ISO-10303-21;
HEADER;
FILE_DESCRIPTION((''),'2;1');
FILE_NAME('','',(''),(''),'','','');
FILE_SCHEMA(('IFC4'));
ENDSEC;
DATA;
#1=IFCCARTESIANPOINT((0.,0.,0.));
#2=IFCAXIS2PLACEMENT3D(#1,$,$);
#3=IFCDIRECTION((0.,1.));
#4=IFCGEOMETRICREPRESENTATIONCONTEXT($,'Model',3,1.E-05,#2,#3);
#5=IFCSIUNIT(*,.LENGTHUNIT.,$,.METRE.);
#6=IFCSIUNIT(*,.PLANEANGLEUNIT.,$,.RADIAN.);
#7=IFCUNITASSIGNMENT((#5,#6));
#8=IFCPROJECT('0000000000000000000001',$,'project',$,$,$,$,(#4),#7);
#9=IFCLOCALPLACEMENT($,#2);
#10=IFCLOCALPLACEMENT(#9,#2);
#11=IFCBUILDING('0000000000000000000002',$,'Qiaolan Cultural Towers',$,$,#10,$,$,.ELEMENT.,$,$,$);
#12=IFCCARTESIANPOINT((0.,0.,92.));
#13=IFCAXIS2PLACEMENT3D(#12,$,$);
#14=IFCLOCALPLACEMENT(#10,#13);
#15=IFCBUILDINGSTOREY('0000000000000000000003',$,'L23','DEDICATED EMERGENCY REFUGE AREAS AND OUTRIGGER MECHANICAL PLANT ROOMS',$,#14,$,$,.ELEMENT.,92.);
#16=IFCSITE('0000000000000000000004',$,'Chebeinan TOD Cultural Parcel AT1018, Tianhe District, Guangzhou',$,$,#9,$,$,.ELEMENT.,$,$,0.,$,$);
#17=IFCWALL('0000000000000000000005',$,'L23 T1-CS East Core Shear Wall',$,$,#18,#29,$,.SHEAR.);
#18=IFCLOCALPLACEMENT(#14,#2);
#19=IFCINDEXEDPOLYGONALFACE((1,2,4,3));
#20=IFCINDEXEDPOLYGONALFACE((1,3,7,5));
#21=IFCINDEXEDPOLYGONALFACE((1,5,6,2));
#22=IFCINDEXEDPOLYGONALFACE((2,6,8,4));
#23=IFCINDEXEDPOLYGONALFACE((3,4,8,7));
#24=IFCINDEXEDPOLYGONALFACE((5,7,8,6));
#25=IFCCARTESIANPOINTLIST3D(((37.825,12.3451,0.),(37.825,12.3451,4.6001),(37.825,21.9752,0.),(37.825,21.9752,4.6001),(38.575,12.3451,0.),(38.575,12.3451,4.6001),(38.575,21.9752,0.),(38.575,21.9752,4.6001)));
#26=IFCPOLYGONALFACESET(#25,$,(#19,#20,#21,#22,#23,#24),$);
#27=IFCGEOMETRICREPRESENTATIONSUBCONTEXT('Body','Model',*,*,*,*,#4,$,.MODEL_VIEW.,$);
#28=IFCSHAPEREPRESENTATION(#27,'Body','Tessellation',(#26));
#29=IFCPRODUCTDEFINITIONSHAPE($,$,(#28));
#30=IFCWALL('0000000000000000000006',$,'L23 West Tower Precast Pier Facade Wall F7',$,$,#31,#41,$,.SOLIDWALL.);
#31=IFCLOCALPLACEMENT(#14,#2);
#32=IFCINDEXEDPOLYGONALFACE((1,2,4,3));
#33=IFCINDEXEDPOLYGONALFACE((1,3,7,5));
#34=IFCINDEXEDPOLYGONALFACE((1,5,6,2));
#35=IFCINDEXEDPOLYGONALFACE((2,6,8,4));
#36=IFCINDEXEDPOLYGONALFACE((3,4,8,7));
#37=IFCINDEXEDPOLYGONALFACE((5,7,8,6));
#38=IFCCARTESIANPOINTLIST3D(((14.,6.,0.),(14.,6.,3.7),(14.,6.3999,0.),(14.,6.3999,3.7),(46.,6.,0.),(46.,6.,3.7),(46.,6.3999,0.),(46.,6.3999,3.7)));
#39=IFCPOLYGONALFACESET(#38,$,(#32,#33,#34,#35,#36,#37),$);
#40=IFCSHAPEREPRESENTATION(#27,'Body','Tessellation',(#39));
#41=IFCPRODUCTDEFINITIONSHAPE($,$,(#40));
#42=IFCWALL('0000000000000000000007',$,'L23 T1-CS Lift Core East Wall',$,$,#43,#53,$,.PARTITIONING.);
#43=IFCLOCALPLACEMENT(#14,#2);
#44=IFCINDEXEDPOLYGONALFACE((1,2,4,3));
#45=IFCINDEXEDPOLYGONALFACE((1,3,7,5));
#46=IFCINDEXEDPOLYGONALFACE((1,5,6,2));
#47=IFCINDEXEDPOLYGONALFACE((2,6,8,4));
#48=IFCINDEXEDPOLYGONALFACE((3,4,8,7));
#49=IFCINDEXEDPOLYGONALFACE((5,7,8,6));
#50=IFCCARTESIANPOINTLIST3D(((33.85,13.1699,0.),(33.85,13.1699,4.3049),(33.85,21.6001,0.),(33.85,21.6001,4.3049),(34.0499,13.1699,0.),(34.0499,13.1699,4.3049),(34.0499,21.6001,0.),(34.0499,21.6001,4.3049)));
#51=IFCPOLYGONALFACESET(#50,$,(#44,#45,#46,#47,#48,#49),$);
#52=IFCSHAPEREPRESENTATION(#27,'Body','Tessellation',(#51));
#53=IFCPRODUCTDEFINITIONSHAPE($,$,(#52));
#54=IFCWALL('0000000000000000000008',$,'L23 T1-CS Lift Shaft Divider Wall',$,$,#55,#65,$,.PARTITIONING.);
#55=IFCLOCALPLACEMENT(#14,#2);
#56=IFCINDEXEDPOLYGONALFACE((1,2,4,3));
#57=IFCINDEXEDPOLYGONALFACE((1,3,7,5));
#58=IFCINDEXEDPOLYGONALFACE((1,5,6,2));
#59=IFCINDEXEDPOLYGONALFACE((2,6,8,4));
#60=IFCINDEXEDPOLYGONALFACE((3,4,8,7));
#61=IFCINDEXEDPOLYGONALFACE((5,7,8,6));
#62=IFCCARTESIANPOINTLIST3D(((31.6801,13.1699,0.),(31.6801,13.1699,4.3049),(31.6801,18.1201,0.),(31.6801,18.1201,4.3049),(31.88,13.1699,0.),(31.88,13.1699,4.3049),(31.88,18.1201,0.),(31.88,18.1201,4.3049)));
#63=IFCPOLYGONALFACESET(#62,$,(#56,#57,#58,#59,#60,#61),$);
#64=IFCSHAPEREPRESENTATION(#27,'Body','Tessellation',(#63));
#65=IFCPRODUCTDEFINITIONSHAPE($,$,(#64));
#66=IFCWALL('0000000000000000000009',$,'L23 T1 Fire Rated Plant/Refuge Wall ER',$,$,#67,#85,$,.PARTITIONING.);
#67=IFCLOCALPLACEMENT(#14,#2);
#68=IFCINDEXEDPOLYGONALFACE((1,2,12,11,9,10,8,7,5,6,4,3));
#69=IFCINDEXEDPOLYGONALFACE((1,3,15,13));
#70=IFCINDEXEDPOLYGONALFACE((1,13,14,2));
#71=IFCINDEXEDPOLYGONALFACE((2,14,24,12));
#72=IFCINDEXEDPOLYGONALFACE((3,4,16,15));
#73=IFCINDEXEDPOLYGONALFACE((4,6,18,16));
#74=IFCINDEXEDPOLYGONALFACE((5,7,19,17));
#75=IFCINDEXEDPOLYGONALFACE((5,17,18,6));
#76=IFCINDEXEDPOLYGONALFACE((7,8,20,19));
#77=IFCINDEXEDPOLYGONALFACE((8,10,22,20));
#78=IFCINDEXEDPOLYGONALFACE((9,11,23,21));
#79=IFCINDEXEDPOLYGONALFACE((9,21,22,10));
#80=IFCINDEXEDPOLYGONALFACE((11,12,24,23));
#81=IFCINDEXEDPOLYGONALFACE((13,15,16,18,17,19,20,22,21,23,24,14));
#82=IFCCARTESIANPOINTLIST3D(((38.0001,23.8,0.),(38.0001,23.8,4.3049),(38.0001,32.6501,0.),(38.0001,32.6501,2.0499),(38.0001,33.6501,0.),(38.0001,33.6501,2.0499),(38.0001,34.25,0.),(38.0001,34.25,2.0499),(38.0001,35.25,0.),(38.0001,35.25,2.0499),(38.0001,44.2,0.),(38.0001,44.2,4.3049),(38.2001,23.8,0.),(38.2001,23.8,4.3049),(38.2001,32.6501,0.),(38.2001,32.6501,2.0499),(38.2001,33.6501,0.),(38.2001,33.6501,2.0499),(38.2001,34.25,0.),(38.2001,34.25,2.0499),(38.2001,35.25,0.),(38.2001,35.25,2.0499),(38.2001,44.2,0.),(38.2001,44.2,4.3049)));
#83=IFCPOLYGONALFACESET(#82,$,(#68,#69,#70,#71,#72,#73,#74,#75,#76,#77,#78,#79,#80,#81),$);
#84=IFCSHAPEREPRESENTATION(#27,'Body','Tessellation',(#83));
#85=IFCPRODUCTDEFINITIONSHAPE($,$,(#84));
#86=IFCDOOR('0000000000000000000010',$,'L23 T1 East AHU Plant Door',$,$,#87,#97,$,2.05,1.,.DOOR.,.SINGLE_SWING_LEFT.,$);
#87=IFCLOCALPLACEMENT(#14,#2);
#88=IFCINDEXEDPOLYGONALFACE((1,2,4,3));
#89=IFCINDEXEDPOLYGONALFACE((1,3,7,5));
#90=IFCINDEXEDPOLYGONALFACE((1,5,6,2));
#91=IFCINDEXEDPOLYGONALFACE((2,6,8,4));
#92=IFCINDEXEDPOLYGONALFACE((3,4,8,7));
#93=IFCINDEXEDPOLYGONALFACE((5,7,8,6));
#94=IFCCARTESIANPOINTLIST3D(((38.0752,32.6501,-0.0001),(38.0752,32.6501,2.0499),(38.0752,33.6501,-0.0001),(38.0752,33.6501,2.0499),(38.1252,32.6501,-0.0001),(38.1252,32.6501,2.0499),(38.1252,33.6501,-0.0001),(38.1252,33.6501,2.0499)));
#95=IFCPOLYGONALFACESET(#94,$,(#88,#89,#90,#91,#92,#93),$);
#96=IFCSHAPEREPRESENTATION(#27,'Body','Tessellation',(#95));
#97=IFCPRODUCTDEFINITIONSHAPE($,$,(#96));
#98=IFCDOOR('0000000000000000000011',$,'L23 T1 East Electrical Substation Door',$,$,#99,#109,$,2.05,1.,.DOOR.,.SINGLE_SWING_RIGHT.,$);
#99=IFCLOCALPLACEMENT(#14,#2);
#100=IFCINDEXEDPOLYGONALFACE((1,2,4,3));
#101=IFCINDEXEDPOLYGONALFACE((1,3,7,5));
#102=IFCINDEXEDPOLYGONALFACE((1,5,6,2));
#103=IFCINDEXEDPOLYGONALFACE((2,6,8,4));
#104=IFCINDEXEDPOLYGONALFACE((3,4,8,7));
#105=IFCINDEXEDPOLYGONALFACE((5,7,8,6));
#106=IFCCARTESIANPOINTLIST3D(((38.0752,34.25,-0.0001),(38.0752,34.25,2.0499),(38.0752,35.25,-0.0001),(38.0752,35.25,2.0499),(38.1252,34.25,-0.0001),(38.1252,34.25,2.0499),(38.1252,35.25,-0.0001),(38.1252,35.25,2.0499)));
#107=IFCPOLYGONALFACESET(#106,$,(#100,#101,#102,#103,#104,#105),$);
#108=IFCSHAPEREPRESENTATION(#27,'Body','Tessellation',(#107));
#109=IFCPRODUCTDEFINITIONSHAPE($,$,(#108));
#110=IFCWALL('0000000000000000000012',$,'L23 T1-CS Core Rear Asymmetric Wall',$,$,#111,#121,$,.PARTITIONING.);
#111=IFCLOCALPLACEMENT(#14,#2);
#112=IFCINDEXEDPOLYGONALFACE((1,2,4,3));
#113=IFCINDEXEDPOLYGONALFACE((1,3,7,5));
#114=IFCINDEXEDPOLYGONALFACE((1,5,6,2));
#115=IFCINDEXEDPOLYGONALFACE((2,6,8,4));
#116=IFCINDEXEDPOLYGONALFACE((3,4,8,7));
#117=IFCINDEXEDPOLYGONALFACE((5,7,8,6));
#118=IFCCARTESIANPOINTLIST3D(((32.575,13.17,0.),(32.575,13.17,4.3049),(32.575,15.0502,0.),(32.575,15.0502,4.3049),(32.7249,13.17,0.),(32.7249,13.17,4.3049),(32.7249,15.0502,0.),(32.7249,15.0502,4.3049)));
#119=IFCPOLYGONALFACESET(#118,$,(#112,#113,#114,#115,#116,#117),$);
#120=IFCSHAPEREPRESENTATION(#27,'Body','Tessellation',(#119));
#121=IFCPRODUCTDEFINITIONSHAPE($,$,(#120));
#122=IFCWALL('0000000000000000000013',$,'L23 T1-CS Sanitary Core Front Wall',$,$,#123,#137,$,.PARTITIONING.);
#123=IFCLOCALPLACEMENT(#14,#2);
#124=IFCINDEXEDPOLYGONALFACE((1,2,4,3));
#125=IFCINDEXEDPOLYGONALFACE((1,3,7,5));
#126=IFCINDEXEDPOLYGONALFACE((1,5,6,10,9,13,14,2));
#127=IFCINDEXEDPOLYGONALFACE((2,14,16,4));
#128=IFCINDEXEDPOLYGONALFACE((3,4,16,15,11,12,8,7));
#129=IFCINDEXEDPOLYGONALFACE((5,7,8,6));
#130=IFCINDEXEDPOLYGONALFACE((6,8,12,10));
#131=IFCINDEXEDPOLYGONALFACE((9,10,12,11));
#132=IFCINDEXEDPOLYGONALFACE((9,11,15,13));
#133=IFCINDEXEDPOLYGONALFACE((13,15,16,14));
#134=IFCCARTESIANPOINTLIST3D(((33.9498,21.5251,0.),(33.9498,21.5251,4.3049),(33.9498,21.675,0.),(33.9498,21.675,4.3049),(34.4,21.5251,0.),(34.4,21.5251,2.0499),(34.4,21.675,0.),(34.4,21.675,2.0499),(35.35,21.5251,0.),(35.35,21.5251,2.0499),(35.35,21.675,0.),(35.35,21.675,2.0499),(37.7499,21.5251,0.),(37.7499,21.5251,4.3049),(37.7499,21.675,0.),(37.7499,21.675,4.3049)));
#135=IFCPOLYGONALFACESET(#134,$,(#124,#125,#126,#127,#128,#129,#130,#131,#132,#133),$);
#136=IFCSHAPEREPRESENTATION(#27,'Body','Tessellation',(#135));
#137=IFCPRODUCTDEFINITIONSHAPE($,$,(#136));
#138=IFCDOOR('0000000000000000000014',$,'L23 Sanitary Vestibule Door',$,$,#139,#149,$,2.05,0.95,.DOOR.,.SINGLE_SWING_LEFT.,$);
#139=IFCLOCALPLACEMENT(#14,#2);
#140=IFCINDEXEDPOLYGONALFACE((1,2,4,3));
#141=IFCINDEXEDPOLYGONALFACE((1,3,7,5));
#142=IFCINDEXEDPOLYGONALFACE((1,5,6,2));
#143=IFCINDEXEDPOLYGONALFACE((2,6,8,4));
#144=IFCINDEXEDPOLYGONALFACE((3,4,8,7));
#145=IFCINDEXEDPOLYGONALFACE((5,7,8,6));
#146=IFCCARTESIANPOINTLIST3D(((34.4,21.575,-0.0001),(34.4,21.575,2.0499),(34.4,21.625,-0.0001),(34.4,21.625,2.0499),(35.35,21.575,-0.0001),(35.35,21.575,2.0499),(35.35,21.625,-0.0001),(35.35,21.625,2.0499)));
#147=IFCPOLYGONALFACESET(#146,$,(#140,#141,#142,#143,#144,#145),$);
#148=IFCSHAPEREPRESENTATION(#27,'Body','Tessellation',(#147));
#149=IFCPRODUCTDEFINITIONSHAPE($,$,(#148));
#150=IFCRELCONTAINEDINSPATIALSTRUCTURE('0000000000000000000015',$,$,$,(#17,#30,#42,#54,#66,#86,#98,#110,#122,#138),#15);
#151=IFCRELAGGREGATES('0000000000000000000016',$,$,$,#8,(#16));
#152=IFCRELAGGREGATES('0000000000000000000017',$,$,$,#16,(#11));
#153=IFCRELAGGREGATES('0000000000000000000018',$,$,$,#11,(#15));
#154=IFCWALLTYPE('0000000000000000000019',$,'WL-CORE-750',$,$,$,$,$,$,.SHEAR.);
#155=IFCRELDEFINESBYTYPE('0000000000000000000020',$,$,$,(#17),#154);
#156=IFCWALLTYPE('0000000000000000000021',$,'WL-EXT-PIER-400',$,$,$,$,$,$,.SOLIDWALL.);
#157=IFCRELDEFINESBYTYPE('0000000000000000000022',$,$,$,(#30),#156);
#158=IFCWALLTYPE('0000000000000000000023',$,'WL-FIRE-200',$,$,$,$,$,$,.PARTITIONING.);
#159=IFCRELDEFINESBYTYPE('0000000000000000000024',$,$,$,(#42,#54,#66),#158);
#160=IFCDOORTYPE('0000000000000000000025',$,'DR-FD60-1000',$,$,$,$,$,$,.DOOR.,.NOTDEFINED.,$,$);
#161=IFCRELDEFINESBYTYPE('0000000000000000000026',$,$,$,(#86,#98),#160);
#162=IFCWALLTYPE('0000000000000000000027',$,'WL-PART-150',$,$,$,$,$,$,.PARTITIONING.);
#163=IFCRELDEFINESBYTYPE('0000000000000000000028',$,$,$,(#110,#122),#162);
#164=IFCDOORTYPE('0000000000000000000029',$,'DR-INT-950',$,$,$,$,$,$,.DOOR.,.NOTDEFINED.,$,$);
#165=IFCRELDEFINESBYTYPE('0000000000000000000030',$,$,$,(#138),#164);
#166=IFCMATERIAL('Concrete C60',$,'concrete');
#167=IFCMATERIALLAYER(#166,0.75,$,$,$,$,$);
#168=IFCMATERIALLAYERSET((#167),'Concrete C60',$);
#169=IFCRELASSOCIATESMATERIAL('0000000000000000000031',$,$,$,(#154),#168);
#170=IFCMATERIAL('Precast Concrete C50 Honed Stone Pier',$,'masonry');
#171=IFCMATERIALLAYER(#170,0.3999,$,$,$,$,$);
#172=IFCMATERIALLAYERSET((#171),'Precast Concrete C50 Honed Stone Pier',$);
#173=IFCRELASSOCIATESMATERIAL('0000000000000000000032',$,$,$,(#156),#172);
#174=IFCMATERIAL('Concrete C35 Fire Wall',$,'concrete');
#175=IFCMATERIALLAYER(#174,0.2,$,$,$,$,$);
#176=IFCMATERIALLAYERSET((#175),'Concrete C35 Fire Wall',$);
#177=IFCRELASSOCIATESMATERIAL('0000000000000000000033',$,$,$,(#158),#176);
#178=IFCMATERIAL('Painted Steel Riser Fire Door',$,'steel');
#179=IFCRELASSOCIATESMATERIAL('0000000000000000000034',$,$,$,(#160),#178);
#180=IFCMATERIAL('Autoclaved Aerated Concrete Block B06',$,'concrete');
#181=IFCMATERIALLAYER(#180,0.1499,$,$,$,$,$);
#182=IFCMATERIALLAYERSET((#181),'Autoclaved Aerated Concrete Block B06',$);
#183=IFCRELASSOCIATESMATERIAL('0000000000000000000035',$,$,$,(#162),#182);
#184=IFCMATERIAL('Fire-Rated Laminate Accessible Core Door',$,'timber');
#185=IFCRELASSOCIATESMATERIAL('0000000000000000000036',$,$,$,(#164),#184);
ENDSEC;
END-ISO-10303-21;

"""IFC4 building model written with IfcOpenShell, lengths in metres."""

from ifc_helpers import new_model, si_unit, direction, frame, frame_2d, origin, place, context, subcontext, project, spatial, rectangle, extrude, material, layer, layer_set, type_object, element, fill, save


model = new_model("IFC4")

# Units and contexts
model_context = context("Model", 3, precision=1e-05, world=origin(), true_north=direction((0.0, 1.0)))
body_context = subcontext(model_context, "Body", "Model", "MODEL_VIEW")
ifc_project = project(units=[si_unit("LENGTHUNIT", "METRE"), si_unit("PLANEANGLEUNIT", "RADIAN")], contexts=[model_context])

# Site, building, storey
site_placement = place(None, origin())
site = spatial("IfcSite", under=ifc_project, at=site_placement, Name="Chebeinan TOD Cultural Parcel AT1018, Tianhe District, Guangzhou", CompositionType="ELEMENT", RefElevation=0.0)
building_placement = place(site_placement, origin())
building = spatial("IfcBuilding", under=site, at=building_placement, Name="Qiaolan Cultural Towers", CompositionType="ELEMENT")
storey_placement = place(building_placement, frame((0.0, 0.0, 92.0)))
storey = spatial("IfcBuildingStorey", under=building, at=storey_placement, Name="L23", Description="DEDICATED EMERGENCY REFUGE AREAS AND OUTRIGGER MECHANICAL PLANT ROOMS", CompositionType="ELEMENT", Elevation=92.0)

# Walls
ifc_material_1 = material(Name="Concrete C60", Category="concrete")
ifc_layer_1 = layer(ifc_material_1, 0.75)
ifc_layer_set_1 = layer_set([ifc_layer_1], Name="Concrete C60")
wall_type_1 = type_object("IfcWallType", Name="WL-CORE-750", PredefinedType="SHEAR", material=ifc_layer_set_1)
wall_1_placement = place(storey_placement, frame((38.2, 21.9751, 0.0), z_axis=(0.0, 0.0, 1.0), x_axis=(0.0, -1.0, 0.0)))
element("IfcWall", 1, at=wall_1_placement, inside=storey, type_object=wall_type_1, Name="L23 T1-CS East Core Shear Wall", PredefinedType="SHEAR", context=body_context, shape_type="SweptSolid", body=[
    extrude(rectangle(XDim=9.6301, YDim=0.75, at=frame_2d((4.8149, 0.0))), origin(), (0.0, 0.0, 1.0), 4.6001),
])
ifc_material_2 = material(Name="Precast Concrete C50 Honed Stone Pier", Category="masonry")
ifc_layer_2 = layer(ifc_material_2, 0.3999)
ifc_layer_set_2 = layer_set([ifc_layer_2], Name="Precast Concrete C50 Honed Stone Pier")
wall_type_2 = type_object("IfcWallType", Name="WL-EXT-PIER-400", PredefinedType="SOLIDWALL", material=ifc_layer_set_2)
wall_2_placement = place(storey_placement, frame((46.0, 6.2, 0.0), z_axis=(0.0, 0.0, 1.0), x_axis=(-1.0, 0.0, 0.0)))
element("IfcWall", 2, at=wall_2_placement, inside=storey, type_object=wall_type_2, Name="L23 West Tower Precast Pier Facade Wall F7", PredefinedType="SOLIDWALL", context=body_context, shape_type="SweptSolid", body=[
    extrude(rectangle(XDim=32.0, YDim=0.3999, at=frame_2d((16.0, 0.0))), origin(), (0.0, 0.0, 1.0), 3.7),
])
ifc_material_3 = material(Name="Concrete C35 Fire Wall", Category="concrete")
ifc_layer_3 = layer(ifc_material_3, 0.2)
ifc_layer_set_3 = layer_set([ifc_layer_3], Name="Concrete C35 Fire Wall")
wall_type_3 = type_object("IfcWallType", Name="WL-FIRE-200", PredefinedType="PARTITIONING", material=ifc_layer_set_3)
wall_3_placement = place(storey_placement, frame((33.95, 21.6001, 0.0), z_axis=(0.0, 0.0, 1.0), x_axis=(0.0, -1.0, 0.0)))
element("IfcWall", 3, at=wall_3_placement, inside=storey, type_object=wall_type_3, Name="L23 T1-CS Lift Core East Wall", PredefinedType="PARTITIONING", context=body_context, shape_type="SweptSolid", body=[
    extrude(rectangle(XDim=8.4302, YDim=0.2, at=frame_2d((4.2151, 0.0))), origin(), (0.0, 0.0, 1.0), 4.3049),
])
wall_4_placement = place(storey_placement, frame((31.78, 18.1201, 0.0), z_axis=(0.0, 0.0, 1.0), x_axis=(0.0, -1.0, 0.0)))
element("IfcWall", 4, at=wall_4_placement, inside=storey, type_object=wall_type_3, Name="L23 T1-CS Lift Shaft Divider Wall", PredefinedType="PARTITIONING", context=body_context, shape_type="SweptSolid", body=[
    extrude(rectangle(XDim=4.9502, YDim=0.2, at=frame_2d((2.4751, 0.0))), origin(), (0.0, 0.0, 1.0), 4.3049),
])

# Wall, openings, doors
wall_5_placement = place(storey_placement, frame((38.1001, 23.8, 0.0), z_axis=(0.0, 0.0, 1.0), x_axis=(0.0, 1.0, 0.0)))
wall_5 = element("IfcWall", 5, at=wall_5_placement, inside=storey, type_object=wall_type_3, Name="L23 T1 Fire Rated Plant/Refuge Wall ER", PredefinedType="PARTITIONING", context=body_context, shape_type="SweptSolid", body=[
    extrude(rectangle(XDim=20.3999, YDim=0.2, at=frame_2d((10.2, 0.0))), origin(), (0.0, 0.0, 1.0), 4.3049),
])
opening_1_placement = place(wall_5_placement, frame((8.8501, 0.0, 0.0)))
opening_1 = element("IfcOpeningElement", 6, at=opening_1_placement, cuts=wall_5, PredefinedType="OPENING", context=body_context, shape_type="SweptSolid", body=[
    extrude(rectangle(XDim=1.0, YDim=2.05, at=frame_2d((0.5, 1.0249))), frame((0.0, 0.1099, 0.0), z_axis=(0.0, -1.0, 0.0), x_axis=(1.0, 0.0, 0.0)), (0.0, 0.0, 1.0), 0.22),
])
opening_2_placement = place(wall_5_placement, frame((10.45, 0.0, 0.0)))
opening_2 = element("IfcOpeningElement", 7, at=opening_2_placement, cuts=wall_5, PredefinedType="OPENING", context=body_context, shape_type="SweptSolid", body=[
    extrude(rectangle(XDim=1.0, YDim=2.05, at=frame_2d((0.5, 1.0249))), frame((0.0, 0.1099, 0.0), z_axis=(0.0, -1.0, 0.0), x_axis=(1.0, 0.0, 0.0)), (0.0, 0.0, 1.0), 0.22),
])
ifc_material_4 = material(Name="Painted Steel Riser Fire Door", Category="steel")
door_type_1 = type_object("IfcDoorType", Name="DR-FD60-1000", OperationType="NOTDEFINED", PredefinedType="DOOR", material=ifc_material_4)
door_1_placement = place(opening_1_placement, origin())
door_1 = element("IfcDoor", 8, at=door_1_placement, inside=storey, type_object=door_type_1, Name="L23 T1 East AHU Plant Door", OperationType="SINGLE_SWING_LEFT", OverallHeight=2.05, OverallWidth=1.0, PredefinedType="DOOR", context=body_context, shape_type="SweptSolid", body=[
    extrude(rectangle(XDim=1.0, YDim=2.05, at=frame_2d((0.5, 1.0249))), frame((0.0, 0.0249, 0.0), z_axis=(0.0, -1.0, 0.0), x_axis=(1.0, 0.0, 0.0)), (0.0, 0.0, 1.0), 0.05),
])
fill(opening_1, door_1)
door_2_placement = place(opening_2_placement, origin())
door_2 = element("IfcDoor", 9, at=door_2_placement, inside=storey, type_object=door_type_1, Name="L23 T1 East Electrical Substation Door", OperationType="SINGLE_SWING_RIGHT", OverallHeight=2.05, OverallWidth=1.0, PredefinedType="DOOR", context=body_context, shape_type="SweptSolid", body=[
    extrude(rectangle(XDim=1.0, YDim=2.05, at=frame_2d((0.5, 1.0249))), frame((0.0, 0.0249, 0.0), z_axis=(0.0, -1.0, 0.0), x_axis=(1.0, 0.0, 0.0)), (0.0, 0.0, 1.0), 0.05),
])
fill(opening_2, door_2)

# Wall
ifc_material_5 = material(Name="Autoclaved Aerated Concrete Block B06", Category="concrete")
ifc_layer_4 = layer(ifc_material_5, 0.1499)
ifc_layer_set_4 = layer_set([ifc_layer_4], Name="Autoclaved Aerated Concrete Block B06")
wall_type_4 = type_object("IfcWallType", Name="WL-PART-150", PredefinedType="PARTITIONING", material=ifc_layer_set_4)
wall_6_placement = place(storey_placement, frame((32.6499, 15.05, 0.0), z_axis=(0.0, 0.0, 1.0), x_axis=(0.0, -1.0, 0.0)))
element("IfcWall", 10, at=wall_6_placement, inside=storey, type_object=wall_type_4, Name="L23 T1-CS Core Rear Asymmetric Wall", PredefinedType="PARTITIONING", context=body_context, shape_type="SweptSolid", body=[
    extrude(rectangle(XDim=1.8801, YDim=0.1499, at=frame_2d((0.9399, 0.0))), origin(), (0.0, 0.0, 1.0), 4.3049),
])

# Wall, opening, door
wall_7_placement = place(storey_placement, frame((33.95, 21.6001, 0.0), z_axis=(0.0, 0.0, 1.0), x_axis=(1.0, 0.0, 0.0)))
wall_7 = element("IfcWall", 11, at=wall_7_placement, inside=storey, type_object=wall_type_4, Name="L23 T1-CS Sanitary Core Front Wall", PredefinedType="PARTITIONING", context=body_context, shape_type="SweptSolid", body=[
    extrude(rectangle(XDim=3.8, YDim=0.1499, at=frame_2d((1.8999, 0.0))), origin(), (0.0, 0.0, 1.0), 4.3049),
])
opening_3_placement = place(wall_7_placement, frame((0.45, 0.0, 0.0)))
opening_3 = element("IfcOpeningElement", 12, at=opening_3_placement, cuts=wall_7, PredefinedType="OPENING", context=body_context, shape_type="SweptSolid", body=[
    extrude(rectangle(XDim=0.95, YDim=2.05, at=frame_2d((0.4751, 1.0249))), frame((0.0, 0.085, 0.0), z_axis=(0.0, -1.0, 0.0), x_axis=(1.0, 0.0, 0.0)), (0.0, 0.0, 1.0), 0.1699),
])
ifc_material_6 = material(Name="Fire-Rated Laminate Accessible Core Door", Category="timber")
door_type_2 = type_object("IfcDoorType", Name="DR-INT-950", OperationType="NOTDEFINED", PredefinedType="DOOR", material=ifc_material_6)
door_3_placement = place(opening_3_placement, origin())
door_3 = element("IfcDoor", 13, at=door_3_placement, inside=storey, type_object=door_type_2, Name="L23 Sanitary Vestibule Door", OperationType="SINGLE_SWING_LEFT", OverallHeight=2.05, OverallWidth=0.95, PredefinedType="DOOR", context=body_context, shape_type="SweptSolid", body=[
    extrude(rectangle(XDim=0.95, YDim=2.05, at=frame_2d((0.4751, 1.0249))), frame((0.0, 0.0249, 0.0), z_axis=(0.0, -1.0, 0.0), x_axis=(1.0, 0.0, 0.0)), (0.0, 0.0, 1.0), 0.05),
])
fill(opening_3, door_3)

save(model, "model.ifc")
